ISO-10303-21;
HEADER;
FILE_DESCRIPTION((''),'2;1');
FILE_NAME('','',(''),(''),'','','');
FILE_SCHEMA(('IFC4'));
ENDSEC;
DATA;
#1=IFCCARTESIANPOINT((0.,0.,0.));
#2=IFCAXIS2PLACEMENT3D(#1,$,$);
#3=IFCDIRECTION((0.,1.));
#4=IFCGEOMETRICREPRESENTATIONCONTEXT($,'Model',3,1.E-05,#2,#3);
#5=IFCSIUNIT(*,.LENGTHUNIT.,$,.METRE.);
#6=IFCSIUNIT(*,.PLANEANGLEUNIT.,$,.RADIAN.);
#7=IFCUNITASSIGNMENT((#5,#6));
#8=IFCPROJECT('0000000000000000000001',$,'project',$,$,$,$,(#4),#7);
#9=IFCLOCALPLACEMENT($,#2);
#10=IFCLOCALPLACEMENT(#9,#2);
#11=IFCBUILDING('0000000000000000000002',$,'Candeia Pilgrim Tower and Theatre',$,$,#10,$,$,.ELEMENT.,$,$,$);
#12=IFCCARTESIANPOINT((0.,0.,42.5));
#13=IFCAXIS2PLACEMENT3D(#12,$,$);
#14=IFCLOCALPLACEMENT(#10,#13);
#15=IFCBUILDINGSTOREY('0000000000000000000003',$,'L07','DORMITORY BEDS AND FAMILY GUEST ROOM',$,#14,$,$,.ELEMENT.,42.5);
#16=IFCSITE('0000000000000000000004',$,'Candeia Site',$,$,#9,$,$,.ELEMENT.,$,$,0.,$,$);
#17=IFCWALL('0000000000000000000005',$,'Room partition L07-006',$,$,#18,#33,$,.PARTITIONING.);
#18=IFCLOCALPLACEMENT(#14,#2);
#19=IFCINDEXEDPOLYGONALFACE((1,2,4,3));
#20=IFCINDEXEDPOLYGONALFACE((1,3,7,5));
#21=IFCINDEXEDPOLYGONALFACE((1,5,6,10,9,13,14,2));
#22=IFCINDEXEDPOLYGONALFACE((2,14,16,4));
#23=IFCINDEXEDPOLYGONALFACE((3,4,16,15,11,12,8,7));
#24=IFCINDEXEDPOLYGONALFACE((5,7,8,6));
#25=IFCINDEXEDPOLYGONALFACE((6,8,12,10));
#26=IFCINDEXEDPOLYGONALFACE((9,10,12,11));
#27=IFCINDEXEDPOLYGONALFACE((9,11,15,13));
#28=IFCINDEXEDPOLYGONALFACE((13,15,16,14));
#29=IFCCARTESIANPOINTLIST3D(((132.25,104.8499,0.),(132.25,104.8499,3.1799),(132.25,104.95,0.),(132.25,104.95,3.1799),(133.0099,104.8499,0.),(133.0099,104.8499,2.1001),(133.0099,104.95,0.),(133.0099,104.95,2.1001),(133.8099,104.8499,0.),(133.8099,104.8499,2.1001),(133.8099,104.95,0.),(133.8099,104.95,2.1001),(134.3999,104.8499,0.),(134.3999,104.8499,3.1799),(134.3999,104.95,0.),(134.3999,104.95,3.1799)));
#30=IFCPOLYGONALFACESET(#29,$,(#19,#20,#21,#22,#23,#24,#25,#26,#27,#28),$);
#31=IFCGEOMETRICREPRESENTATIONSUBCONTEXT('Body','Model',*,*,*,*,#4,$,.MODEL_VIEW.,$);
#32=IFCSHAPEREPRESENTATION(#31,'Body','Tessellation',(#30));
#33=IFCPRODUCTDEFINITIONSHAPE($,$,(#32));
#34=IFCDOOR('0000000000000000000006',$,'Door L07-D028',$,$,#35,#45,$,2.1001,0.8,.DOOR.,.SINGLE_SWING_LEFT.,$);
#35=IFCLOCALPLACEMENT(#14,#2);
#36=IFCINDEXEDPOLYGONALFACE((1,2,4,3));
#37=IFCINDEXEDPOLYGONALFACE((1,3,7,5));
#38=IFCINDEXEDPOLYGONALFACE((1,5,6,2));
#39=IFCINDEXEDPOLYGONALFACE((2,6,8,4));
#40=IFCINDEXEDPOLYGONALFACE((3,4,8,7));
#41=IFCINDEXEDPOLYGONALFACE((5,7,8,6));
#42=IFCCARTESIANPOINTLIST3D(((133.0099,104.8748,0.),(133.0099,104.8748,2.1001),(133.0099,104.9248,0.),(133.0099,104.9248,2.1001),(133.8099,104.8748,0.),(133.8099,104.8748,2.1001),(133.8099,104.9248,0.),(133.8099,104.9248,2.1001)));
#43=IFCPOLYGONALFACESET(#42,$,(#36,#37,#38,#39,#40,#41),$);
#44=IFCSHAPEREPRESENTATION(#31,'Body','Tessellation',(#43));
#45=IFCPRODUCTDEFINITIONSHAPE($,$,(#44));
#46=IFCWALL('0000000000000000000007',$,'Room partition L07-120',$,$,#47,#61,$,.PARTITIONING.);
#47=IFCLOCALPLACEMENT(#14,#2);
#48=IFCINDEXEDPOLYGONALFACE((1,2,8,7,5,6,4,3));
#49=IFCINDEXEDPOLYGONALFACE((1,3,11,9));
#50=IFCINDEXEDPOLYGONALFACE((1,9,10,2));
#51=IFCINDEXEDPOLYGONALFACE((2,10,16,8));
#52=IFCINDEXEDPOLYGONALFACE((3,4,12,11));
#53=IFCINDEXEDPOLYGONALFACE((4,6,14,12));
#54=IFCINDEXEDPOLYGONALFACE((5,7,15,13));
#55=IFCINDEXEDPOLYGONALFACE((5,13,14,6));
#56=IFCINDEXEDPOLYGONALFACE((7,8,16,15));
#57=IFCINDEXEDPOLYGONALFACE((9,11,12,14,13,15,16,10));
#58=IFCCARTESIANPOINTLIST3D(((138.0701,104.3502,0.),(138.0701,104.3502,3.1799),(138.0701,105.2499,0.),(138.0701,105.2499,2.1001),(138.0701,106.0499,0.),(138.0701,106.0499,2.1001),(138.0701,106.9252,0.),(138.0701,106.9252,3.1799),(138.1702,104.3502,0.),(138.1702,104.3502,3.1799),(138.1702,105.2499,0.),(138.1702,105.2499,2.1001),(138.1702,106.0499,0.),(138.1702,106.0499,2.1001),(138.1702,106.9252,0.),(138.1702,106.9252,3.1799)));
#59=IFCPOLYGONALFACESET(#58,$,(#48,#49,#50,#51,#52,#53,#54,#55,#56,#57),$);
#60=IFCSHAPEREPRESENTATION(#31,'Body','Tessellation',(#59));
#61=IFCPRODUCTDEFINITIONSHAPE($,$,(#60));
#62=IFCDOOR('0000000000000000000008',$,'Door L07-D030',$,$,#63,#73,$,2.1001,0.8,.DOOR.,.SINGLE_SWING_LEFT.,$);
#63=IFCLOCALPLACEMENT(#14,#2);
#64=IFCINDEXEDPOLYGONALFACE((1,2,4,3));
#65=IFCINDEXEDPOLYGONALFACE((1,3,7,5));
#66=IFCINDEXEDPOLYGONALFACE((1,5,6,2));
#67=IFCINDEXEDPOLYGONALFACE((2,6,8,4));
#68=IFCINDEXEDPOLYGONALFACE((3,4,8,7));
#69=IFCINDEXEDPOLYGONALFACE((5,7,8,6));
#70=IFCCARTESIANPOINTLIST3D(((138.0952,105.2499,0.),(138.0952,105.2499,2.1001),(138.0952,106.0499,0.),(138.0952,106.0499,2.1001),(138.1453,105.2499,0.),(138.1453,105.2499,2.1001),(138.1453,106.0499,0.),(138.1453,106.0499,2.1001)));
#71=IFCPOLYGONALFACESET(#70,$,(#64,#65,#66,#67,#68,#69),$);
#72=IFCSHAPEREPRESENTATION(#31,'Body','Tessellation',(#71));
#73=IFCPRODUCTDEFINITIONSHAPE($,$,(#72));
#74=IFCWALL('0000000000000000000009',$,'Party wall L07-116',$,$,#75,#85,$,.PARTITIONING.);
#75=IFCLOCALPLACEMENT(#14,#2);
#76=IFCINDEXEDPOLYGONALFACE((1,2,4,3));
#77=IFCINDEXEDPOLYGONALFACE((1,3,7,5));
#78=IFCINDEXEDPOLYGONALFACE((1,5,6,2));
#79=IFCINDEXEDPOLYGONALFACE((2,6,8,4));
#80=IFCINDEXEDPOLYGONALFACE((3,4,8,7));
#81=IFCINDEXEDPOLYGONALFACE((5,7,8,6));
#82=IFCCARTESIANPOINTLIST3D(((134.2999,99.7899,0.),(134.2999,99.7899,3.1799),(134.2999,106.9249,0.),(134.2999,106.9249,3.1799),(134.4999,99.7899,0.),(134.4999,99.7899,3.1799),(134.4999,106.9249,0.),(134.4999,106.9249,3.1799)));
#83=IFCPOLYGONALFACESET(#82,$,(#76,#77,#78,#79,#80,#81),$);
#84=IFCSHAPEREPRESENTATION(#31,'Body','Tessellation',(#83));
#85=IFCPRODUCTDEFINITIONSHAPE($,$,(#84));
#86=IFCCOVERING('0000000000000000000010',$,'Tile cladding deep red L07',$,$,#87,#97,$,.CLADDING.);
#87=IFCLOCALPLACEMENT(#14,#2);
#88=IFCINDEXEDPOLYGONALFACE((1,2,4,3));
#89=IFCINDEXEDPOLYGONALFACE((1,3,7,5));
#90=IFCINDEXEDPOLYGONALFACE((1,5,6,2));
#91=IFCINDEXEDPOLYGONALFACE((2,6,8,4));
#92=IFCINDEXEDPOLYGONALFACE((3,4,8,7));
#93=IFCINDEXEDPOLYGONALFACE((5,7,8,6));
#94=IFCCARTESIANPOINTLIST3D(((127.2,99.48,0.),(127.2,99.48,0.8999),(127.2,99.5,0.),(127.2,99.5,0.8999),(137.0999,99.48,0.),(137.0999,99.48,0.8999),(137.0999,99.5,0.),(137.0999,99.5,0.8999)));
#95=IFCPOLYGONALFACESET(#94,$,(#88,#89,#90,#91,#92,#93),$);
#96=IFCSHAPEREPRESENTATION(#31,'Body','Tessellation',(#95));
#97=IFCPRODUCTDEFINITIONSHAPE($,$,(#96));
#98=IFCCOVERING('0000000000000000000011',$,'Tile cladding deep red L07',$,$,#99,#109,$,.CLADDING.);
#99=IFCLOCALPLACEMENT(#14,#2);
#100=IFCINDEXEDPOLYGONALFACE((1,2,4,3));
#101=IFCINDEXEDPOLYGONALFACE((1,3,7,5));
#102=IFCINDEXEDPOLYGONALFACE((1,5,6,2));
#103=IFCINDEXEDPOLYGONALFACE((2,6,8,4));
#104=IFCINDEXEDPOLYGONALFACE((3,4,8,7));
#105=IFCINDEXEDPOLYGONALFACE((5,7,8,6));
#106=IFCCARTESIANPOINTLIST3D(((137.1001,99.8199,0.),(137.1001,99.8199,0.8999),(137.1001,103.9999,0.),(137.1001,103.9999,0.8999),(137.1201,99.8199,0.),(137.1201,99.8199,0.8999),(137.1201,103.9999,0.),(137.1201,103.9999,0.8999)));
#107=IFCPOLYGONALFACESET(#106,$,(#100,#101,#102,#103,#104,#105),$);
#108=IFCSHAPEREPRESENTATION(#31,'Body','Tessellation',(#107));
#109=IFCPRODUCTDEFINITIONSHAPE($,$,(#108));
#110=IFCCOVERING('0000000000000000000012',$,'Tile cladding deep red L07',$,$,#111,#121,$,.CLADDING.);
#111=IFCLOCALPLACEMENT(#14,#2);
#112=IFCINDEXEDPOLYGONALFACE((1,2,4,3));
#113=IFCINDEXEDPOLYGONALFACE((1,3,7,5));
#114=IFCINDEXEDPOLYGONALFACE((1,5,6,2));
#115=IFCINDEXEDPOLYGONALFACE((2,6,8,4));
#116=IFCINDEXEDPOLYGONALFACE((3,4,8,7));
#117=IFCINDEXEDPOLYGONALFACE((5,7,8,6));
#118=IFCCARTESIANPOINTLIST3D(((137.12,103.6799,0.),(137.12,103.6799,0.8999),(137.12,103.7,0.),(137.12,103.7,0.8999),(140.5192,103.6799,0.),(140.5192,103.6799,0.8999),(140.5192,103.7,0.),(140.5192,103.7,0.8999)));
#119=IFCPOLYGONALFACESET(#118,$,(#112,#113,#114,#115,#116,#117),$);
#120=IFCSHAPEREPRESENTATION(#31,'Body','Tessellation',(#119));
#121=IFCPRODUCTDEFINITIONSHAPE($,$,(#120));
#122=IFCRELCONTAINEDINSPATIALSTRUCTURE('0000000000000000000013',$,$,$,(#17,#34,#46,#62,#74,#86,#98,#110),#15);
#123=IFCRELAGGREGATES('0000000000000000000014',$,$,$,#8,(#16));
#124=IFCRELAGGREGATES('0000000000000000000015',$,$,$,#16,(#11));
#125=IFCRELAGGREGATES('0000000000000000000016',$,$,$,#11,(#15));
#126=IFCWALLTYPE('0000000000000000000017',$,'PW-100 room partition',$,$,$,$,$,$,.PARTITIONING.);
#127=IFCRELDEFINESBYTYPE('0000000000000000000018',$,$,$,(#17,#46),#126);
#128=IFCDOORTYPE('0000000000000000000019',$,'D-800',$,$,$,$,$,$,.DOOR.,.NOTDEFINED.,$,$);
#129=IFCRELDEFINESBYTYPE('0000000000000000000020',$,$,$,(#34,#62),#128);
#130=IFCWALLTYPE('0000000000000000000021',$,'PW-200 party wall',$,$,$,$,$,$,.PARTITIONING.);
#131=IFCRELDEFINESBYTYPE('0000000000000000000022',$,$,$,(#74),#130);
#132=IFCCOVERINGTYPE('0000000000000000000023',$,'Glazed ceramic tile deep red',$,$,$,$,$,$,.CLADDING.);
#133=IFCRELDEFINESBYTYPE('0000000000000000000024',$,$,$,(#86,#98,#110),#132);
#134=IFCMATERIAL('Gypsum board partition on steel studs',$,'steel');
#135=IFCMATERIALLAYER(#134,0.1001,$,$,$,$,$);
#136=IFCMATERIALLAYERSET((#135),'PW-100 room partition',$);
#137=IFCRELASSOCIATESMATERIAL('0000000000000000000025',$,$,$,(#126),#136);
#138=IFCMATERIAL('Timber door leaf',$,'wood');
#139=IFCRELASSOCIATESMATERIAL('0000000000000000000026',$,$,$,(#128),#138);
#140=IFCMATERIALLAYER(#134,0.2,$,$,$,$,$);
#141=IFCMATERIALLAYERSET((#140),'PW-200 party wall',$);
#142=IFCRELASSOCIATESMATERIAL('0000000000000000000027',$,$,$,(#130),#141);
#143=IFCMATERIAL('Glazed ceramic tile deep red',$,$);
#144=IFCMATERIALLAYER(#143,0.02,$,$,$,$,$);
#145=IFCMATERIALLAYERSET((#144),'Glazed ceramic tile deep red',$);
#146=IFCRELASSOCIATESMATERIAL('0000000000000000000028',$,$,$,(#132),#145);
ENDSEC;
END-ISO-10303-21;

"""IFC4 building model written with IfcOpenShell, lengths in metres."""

from ifc_helpers import new_model, si_unit, direction, frame, frame_2d, origin, origin_2d, place, context, subcontext, project, spatial, rectangle, extrude, material, layer, layer_set, type_object, element, fill, save


model = new_model("IFC4")

# Units and contexts
model_context = context("Model", 3, precision=1e-05, world=origin(), true_north=direction((0.0, 1.0)))
body_context = subcontext(model_context, "Body", "Model", "MODEL_VIEW")
ifc_project = project(units=[si_unit("LENGTHUNIT", "METRE"), si_unit("PLANEANGLEUNIT", "RADIAN")], contexts=[model_context])

# Site, building, storey
site_placement = place(None, origin())
site = spatial("IfcSite", under=ifc_project, at=site_placement, Name="Candeia Site", CompositionType="ELEMENT", RefElevation=0.0)
building_placement = place(site_placement, origin())
building = spatial("IfcBuilding", under=site, at=building_placement, Name="Candeia Pilgrim Tower and Theatre", CompositionType="ELEMENT")
storey_placement = place(building_placement, frame((0.0, 0.0, 42.5)))
storey = spatial("IfcBuildingStorey", under=building, at=storey_placement, Name="L07", Description="DORMITORY BEDS AND FAMILY GUEST ROOM", CompositionType="ELEMENT", Elevation=42.5)

# Shared definitions
ifc_material_1 = material(Name="Gypsum board partition on steel studs", Category="steel")
ifc_layer_1 = layer(ifc_material_1, 0.1001)
ifc_layer_set_1 = layer_set([ifc_layer_1], Name="PW-100 room partition")
wall_type_1 = type_object("IfcWallType", Name="PW-100 room partition", PredefinedType="PARTITIONING", material=ifc_layer_set_1)

# Walls, openings, doors
wall_1_placement = place(storey_placement, frame((132.25, 104.8999, 0.0), z_axis=(0.0, 0.0, 1.0), x_axis=(1.0, 0.0, 0.0)))
wall_1 = element("IfcWall", 1, at=wall_1_placement, inside=storey, type_object=wall_type_1, Name="Room partition L07-006", PredefinedType="PARTITIONING", context=body_context, shape_type="SweptSolid", body=[
    extrude(rectangle(XDim=2.1499, YDim=0.1001, at=frame_2d((1.075, 0.0))), origin(), (0.0, 0.0, 1.0), 3.1799),
])
opening_1_placement = place(wall_1_placement, frame((0.76, 0.0, 0.0)))
opening_1 = element("IfcOpeningElement", 2, at=opening_1_placement, cuts=wall_1, PredefinedType="OPENING", context=body_context, shape_type="SweptSolid", body=[
    extrude(rectangle(XDim=0.8, YDim=2.1001, at=frame_2d((0.3999, 1.05))), frame((0.0, 0.0601, 0.0), z_axis=(0.0, -1.0, 0.0), x_axis=(1.0, 0.0, 0.0)), (0.0, 0.0, 1.0), 0.1201),
])
ifc_material_2 = material(Name="Timber door leaf", Category="wood")
door_type_1 = type_object("IfcDoorType", Name="D-800", OperationType="NOTDEFINED", PredefinedType="DOOR", material=ifc_material_2)
door_1_placement = place(opening_1_placement, origin())
door_1 = element("IfcDoor", 3, at=door_1_placement, inside=storey, type_object=door_type_1, Name="Door L07-D028", OperationType="SINGLE_SWING_LEFT", OverallHeight=2.1001, OverallWidth=0.8, PredefinedType="DOOR", context=body_context, shape_type="SweptSolid", body=[
    extrude(rectangle(XDim=0.8, YDim=2.1001, at=frame_2d((0.3999, 1.05))), frame((0.0, 0.0249, 0.0), z_axis=(0.0, -1.0, 0.0), x_axis=(1.0, 0.0, 0.0)), (0.0, 0.0, 1.0), 0.05),
])
fill(opening_1, door_1)
wall_2_placement = place(storey_placement, frame((138.1201, 104.3501, 0.0), z_axis=(0.0, 0.0, 1.0), x_axis=(0.0, 1.0, 0.0)))
wall_2 = element("IfcWall", 4, at=wall_2_placement, inside=storey, type_object=wall_type_1, Name="Room partition L07-120", PredefinedType="PARTITIONING", context=body_context, shape_type="SweptSolid", body=[
    extrude(rectangle(XDim=2.575, YDim=0.1001, at=frame_2d((1.2876, 0.0))), origin(), (0.0, 0.0, 1.0), 3.1799),
])
opening_2_placement = place(wall_2_placement, frame((0.8999, 0.0, 0.0)))
opening_2 = element("IfcOpeningElement", 5, at=opening_2_placement, cuts=wall_2, PredefinedType="OPENING", context=body_context, shape_type="SweptSolid", body=[
    extrude(rectangle(XDim=0.8, YDim=2.1001, at=frame_2d((0.3999, 1.05))), frame((0.0, 0.0601, 0.0), z_axis=(0.0, -1.0, 0.0), x_axis=(1.0, 0.0, 0.0)), (0.0, 0.0, 1.0), 0.1201),
])
door_2_placement = place(opening_2_placement, origin())
door_2 = element("IfcDoor", 6, at=door_2_placement, inside=storey, type_object=door_type_1, Name="Door L07-D030", OperationType="SINGLE_SWING_LEFT", OverallHeight=2.1001, OverallWidth=0.8, PredefinedType="DOOR", context=body_context, shape_type="SweptSolid", body=[
    extrude(rectangle(XDim=0.8, YDim=2.1001, at=frame_2d((0.3999, 1.05))), frame((0.0, 0.0249, 0.0), z_axis=(0.0, -1.0, 0.0), x_axis=(1.0, 0.0, 0.0)), (0.0, 0.0, 1.0), 0.05),
])
fill(opening_2, door_2)

# Wall
ifc_layer_2 = layer(ifc_material_1, 0.2)
ifc_layer_set_2 = layer_set([ifc_layer_2], Name="PW-200 party wall")
wall_type_2 = type_object("IfcWallType", Name="PW-200 party wall", PredefinedType="PARTITIONING", material=ifc_layer_set_2)
wall_3_placement = place(storey_placement, frame((134.3999, 99.79, 0.0), z_axis=(0.0, 0.0, 1.0), x_axis=(0.0, 1.0, 0.0)))
element("IfcWall", 7, at=wall_3_placement, inside=storey, type_object=wall_type_2, Name="Party wall L07-116", PredefinedType="PARTITIONING", context=body_context, shape_type="SweptSolid", body=[
    extrude(rectangle(XDim=7.135, YDim=0.2, at=frame_2d((3.5674, 0.0))), origin(), (0.0, 0.0, 1.0), 3.1799),
])

# Coverings
ifc_material_3 = material(Name="Glazed ceramic tile deep red")
ifc_layer_3 = layer(ifc_material_3, 0.02)
ifc_layer_set_3 = layer_set([ifc_layer_3], Name="Glazed ceramic tile deep red")
covering_type = type_object("IfcCoveringType", Name="Glazed ceramic tile deep red", PredefinedType="CLADDING", material=ifc_layer_set_3)
covering_1_placement = place(storey_placement, frame((132.1499, 99.49, 0.0), z_axis=(0.0, 0.0, 1.0), x_axis=(1.0, 0.0, 0.0)))
element("IfcCovering", 8, at=covering_1_placement, inside=storey, type_object=covering_type, Name="Tile cladding deep red L07", PredefinedType="CLADDING", context=body_context, shape_type="SweptSolid", body=[
    extrude(rectangle(XDim=9.8999, YDim=0.02, at=origin_2d()), origin(), (0.0, 0.0, 1.0), 0.8999),
])
covering_2_placement = place(storey_placement, frame((137.1101, 101.9099, 0.0), z_axis=(0.0, 0.0, 1.0), x_axis=(0.0, 1.0, 0.0)))
element("IfcCovering", 9, at=covering_2_placement, inside=storey, type_object=covering_type, Name="Tile cladding deep red L07", PredefinedType="CLADDING", context=body_context, shape_type="SweptSolid", body=[
    extrude(rectangle(XDim=4.1799, YDim=0.02, at=origin_2d()), origin(), (0.0, 0.0, 1.0), 0.8999),
])
covering_3_placement = place(storey_placement, frame((138.8196, 103.6899, 0.0), z_axis=(0.0, 0.0, 1.0), x_axis=(1.0, 0.0, 0.0)))
element("IfcCovering", 10, at=covering_3_placement, inside=storey, type_object=covering_type, Name="Tile cladding deep red L07", PredefinedType="CLADDING", context=body_context, shape_type="SweptSolid", body=[
    extrude(rectangle(XDim=3.3992, YDim=0.02, at=origin_2d()), origin(), (0.0, 0.0, 1.0), 0.8999),
])

save(model, "model.ifc")
